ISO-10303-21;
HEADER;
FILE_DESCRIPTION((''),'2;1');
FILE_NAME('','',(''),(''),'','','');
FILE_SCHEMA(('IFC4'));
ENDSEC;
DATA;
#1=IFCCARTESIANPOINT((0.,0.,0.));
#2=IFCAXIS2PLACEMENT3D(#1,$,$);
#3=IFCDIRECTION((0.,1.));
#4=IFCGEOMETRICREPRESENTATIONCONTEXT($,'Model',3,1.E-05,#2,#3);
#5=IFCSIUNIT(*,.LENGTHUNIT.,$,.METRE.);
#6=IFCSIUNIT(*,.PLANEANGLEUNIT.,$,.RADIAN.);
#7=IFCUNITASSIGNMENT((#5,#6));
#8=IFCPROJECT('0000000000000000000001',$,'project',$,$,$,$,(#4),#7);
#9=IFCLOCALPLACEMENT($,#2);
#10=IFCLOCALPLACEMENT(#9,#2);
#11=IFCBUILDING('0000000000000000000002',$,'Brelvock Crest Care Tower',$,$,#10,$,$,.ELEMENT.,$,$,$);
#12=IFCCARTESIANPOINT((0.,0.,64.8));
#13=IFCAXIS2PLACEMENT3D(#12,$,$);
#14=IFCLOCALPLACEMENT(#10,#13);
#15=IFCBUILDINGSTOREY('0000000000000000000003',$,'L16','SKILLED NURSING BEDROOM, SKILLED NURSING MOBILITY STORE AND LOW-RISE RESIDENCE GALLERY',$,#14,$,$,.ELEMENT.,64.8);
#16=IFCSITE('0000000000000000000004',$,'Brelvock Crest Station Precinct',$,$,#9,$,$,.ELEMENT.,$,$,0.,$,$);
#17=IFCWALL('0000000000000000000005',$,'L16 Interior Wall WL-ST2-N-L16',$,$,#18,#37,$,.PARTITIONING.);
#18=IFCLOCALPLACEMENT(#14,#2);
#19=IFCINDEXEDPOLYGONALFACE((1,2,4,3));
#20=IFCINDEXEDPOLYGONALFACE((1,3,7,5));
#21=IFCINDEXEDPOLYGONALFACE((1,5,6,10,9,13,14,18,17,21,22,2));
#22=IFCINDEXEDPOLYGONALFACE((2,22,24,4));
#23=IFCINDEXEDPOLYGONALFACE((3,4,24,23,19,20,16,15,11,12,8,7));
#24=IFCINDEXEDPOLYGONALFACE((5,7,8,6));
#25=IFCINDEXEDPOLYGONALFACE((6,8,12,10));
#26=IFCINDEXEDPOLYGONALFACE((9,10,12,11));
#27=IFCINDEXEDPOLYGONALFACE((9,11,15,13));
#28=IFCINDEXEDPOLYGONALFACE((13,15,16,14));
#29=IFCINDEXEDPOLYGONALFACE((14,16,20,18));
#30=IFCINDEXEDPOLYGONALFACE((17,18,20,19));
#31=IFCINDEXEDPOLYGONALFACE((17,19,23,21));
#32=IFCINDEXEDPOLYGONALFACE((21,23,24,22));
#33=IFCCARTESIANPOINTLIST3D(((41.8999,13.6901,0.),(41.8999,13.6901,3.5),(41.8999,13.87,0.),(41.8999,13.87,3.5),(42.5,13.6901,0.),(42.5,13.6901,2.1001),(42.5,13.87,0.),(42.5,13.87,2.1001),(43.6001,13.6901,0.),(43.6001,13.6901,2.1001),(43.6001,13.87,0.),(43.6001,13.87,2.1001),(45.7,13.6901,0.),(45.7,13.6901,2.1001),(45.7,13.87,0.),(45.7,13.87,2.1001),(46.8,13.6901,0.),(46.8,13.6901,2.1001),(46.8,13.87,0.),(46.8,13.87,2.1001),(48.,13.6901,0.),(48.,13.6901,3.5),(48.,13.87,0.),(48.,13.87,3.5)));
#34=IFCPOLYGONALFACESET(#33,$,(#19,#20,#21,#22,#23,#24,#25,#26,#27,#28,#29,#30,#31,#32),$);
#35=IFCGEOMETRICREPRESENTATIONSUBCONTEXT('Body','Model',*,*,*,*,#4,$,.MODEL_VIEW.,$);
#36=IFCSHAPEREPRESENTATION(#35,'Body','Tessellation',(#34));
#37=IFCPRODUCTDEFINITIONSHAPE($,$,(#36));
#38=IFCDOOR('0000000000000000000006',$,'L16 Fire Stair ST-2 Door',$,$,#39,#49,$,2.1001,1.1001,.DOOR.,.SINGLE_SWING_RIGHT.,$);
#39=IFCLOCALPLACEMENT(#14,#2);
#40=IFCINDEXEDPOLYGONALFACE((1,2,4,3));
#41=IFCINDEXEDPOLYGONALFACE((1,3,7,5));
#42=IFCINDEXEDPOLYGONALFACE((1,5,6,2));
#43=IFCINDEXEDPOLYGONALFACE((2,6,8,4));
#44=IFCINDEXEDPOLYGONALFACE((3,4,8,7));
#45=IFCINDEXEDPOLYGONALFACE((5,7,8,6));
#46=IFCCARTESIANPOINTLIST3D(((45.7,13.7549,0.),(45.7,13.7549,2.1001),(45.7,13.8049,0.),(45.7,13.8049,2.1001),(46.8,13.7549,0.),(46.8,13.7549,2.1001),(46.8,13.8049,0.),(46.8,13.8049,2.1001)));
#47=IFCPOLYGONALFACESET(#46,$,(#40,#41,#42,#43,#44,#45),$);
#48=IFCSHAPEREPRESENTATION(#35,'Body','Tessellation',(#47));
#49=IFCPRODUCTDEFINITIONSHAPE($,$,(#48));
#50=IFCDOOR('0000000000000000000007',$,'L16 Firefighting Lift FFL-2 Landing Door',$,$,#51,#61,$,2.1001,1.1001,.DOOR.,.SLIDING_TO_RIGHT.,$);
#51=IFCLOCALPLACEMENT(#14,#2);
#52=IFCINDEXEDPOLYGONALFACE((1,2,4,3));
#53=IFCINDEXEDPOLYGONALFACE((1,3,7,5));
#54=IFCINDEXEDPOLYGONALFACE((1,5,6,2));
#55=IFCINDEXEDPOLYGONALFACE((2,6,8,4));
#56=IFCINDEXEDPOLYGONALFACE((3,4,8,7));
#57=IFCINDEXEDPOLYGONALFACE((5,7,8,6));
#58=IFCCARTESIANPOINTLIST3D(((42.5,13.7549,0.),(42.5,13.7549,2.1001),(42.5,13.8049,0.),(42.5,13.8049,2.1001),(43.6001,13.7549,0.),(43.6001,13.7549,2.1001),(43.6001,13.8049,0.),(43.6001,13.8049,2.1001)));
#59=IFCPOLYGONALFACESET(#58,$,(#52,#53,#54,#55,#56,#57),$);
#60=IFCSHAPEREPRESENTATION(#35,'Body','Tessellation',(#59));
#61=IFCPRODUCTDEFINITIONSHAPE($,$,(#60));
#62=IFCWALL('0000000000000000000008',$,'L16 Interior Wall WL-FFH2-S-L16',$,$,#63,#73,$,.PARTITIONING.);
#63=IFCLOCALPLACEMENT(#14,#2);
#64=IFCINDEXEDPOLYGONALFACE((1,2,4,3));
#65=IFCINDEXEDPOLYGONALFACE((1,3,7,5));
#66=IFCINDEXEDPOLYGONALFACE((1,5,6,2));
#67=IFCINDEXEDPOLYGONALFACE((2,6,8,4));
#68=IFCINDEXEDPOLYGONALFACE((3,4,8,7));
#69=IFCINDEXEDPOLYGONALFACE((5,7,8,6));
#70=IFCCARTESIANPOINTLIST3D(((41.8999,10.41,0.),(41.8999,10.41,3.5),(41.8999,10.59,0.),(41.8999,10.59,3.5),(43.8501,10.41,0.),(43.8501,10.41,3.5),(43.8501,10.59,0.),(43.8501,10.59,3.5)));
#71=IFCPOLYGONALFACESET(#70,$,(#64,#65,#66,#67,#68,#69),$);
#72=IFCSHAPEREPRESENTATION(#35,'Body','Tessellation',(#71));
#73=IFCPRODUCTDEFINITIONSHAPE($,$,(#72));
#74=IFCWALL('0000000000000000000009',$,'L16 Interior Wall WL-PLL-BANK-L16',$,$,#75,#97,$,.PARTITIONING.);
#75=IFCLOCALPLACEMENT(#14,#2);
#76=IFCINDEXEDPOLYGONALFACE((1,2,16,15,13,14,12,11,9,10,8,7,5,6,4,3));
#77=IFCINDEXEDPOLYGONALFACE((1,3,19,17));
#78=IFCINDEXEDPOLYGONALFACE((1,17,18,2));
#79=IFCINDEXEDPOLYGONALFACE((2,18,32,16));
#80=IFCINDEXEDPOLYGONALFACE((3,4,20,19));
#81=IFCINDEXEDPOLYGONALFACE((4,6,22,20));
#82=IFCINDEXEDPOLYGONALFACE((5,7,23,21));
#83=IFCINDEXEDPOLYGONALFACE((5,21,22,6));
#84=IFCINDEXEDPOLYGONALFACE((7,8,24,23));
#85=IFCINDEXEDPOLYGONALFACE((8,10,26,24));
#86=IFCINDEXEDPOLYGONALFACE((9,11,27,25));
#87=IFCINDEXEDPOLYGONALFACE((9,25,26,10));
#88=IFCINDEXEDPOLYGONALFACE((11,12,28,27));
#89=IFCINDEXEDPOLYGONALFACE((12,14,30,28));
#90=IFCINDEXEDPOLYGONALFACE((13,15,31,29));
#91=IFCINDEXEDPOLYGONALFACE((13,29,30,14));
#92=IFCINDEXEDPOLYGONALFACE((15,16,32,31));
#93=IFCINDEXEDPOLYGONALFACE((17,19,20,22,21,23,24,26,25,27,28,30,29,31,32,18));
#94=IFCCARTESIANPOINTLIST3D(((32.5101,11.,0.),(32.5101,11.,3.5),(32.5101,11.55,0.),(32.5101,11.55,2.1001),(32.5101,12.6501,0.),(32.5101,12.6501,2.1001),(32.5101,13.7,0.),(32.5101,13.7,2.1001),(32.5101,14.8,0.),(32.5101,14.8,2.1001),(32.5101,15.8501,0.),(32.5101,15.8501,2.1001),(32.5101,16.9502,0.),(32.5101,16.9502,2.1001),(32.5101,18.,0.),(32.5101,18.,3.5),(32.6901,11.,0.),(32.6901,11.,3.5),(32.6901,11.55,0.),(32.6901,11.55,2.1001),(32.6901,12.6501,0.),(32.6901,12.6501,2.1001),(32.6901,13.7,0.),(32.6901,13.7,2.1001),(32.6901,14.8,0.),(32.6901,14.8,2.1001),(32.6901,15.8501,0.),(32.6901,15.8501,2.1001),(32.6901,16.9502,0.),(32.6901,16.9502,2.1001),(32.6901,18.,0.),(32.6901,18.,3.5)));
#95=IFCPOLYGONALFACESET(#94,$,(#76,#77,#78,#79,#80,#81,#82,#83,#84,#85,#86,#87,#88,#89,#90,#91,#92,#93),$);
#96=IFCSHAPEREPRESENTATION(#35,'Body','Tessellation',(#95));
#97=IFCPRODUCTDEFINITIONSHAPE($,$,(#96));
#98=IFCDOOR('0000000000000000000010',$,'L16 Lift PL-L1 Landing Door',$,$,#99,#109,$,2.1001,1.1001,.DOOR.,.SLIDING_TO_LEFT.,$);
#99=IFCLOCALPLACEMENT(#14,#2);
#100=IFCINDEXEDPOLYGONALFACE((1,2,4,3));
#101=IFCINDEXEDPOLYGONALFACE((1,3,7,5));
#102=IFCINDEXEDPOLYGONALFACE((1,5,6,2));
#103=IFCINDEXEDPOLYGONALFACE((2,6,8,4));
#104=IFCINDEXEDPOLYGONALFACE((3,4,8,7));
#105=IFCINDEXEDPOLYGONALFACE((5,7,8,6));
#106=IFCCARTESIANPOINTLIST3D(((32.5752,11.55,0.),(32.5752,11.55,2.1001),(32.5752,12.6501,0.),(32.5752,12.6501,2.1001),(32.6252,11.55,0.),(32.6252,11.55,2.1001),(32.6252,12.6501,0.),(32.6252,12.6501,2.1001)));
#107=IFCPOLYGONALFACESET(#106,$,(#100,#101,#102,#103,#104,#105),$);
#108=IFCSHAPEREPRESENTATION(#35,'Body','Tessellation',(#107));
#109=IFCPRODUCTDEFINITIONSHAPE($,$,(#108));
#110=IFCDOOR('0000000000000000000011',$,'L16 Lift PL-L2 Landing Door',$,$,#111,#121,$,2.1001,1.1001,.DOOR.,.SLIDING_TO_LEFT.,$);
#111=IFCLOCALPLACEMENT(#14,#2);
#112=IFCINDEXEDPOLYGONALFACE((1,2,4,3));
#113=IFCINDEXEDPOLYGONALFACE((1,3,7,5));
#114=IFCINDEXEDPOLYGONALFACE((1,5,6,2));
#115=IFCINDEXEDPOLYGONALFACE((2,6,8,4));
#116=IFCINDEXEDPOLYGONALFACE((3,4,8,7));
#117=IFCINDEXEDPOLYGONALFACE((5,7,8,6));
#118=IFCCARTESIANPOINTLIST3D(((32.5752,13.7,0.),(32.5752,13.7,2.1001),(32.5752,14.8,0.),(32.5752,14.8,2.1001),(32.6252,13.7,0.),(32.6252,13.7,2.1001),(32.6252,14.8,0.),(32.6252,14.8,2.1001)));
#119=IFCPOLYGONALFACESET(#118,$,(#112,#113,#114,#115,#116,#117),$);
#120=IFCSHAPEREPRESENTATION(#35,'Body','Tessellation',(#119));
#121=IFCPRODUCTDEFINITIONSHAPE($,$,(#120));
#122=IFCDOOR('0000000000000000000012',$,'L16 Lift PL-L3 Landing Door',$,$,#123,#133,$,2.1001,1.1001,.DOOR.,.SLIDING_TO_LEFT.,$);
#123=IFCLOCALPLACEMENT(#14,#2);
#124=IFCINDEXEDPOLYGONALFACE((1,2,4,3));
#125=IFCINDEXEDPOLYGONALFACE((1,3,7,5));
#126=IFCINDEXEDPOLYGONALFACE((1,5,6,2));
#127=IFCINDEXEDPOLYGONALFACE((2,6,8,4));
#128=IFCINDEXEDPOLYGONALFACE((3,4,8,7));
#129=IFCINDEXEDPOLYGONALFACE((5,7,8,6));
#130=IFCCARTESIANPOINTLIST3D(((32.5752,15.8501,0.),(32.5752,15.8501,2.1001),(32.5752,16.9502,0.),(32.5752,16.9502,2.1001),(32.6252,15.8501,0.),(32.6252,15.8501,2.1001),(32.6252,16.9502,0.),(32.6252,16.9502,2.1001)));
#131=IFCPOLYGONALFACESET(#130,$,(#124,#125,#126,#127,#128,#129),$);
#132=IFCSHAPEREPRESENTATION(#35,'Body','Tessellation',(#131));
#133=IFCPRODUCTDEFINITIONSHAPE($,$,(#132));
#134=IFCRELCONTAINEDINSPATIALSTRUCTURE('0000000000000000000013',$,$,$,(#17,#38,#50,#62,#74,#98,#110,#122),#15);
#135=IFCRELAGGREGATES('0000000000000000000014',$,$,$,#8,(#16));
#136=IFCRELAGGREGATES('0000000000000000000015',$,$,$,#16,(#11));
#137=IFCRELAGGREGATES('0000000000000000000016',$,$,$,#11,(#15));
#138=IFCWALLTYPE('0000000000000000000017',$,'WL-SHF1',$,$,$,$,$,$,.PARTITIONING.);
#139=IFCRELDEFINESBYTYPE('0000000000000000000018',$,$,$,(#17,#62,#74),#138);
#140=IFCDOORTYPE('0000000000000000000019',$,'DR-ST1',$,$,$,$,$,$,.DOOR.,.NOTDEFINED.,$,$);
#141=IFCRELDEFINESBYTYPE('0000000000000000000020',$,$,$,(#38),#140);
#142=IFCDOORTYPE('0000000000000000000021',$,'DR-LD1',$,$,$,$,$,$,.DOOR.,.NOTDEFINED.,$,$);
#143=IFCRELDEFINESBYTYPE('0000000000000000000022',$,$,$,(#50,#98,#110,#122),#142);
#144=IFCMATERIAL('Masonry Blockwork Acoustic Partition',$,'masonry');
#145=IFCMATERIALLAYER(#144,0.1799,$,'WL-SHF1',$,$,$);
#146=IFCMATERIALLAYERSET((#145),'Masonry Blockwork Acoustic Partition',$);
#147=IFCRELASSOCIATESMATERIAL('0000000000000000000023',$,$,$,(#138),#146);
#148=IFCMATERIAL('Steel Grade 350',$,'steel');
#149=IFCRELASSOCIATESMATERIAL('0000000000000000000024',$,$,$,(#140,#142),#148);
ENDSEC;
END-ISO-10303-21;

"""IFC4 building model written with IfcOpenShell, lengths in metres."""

from ifc_helpers import new_model, si_unit, direction, frame, frame_2d, origin, origin_2d, place, context, subcontext, project, spatial, rectangle, extrude, source, transform, mapped, material, layer, layer_set, type_object, element, fill, save


model = new_model("IFC4")

# Units and contexts
model_context = context("Model", 3, precision=1e-05, world=origin(), true_north=direction((0.0, 1.0)))
body_context = subcontext(model_context, "Body", "Model", "MODEL_VIEW")
ifc_project = project(units=[si_unit("LENGTHUNIT", "METRE"), si_unit("PLANEANGLEUNIT", "RADIAN")], contexts=[model_context])

# Site, building, storey
site_placement = place(None, origin())
site = spatial("IfcSite", under=ifc_project, at=site_placement, Name="Brelvock Crest Station Precinct", CompositionType="ELEMENT", RefElevation=0.0)
building_placement = place(site_placement, origin())
building = spatial("IfcBuilding", under=site, at=building_placement, Name="Brelvock Crest Care Tower", CompositionType="ELEMENT")
storey_placement = place(building_placement, frame((0.0, 0.0, 64.8)))
storey = spatial("IfcBuildingStorey", under=building, at=storey_placement, Name="L16", Description="SKILLED NURSING BEDROOM, SKILLED NURSING MOBILITY STORE AND LOW-RISE RESIDENCE GALLERY", CompositionType="ELEMENT", Elevation=64.8)

# Shared definitions
ifc_material_1 = material(Name="Steel Grade 350", Category="steel")

# Shared definitions
ifc_material_2 = material(Name="Masonry Blockwork Acoustic Partition", Category="masonry")

# Shared definitions
ifc_layer_1 = layer(ifc_material_2, 0.1799, Name="WL-SHF1")
ifc_layer_set_1 = layer_set([ifc_layer_1], Name="Masonry Blockwork Acoustic Partition")
wall_type_1 = type_object("IfcWallType", Name="WL-SHF1", PredefinedType="PARTITIONING", material=ifc_layer_set_1)

# Wall, openings, doors
wall_1_placement = place(storey_placement, frame((41.8999, 13.78, 0.0), z_axis=(0.0, 0.0, 1.0), x_axis=(1.0, 0.0, 0.0)))
wall_1 = element("IfcWall", 1, at=wall_1_placement, inside=storey, type_object=wall_type_1, Name="L16 Interior Wall WL-ST2-N-L16", PredefinedType="PARTITIONING", context=body_context, shape_type="SweptSolid", body=[
    extrude(rectangle(XDim=6.1001, YDim=0.1799, at=frame_2d((3.05, 0.0))), origin(), (0.0, 0.0, 1.0), 3.5),
])
opening_1_placement = place(wall_1_placement, frame((0.6001, 0.0, 0.0)))
opening_1 = element("IfcOpeningElement", 2, at=opening_1_placement, cuts=wall_1, PredefinedType="OPENING", context=body_context, shape_type="SweptSolid", body=[
    extrude(rectangle(XDim=1.1001, YDim=2.1001, at=origin_2d()), frame((0.55, 0.1001, 1.05), z_axis=(0.0, -1.0, 0.0), x_axis=(1.0, 0.0, 0.0)), (0.0, 0.0, 1.0), 0.2),
])
opening_2_placement = place(wall_1_placement, frame((3.8, 0.0, 0.0)))
opening_2 = element("IfcOpeningElement", 3, at=opening_2_placement, cuts=wall_1, PredefinedType="OPENING", context=body_context, shape_type="SweptSolid", body=[
    extrude(rectangle(XDim=1.1001, YDim=2.1001, at=origin_2d()), frame((0.55, 0.1001, 1.05), z_axis=(0.0, -1.0, 0.0), x_axis=(1.0, 0.0, 0.0)), (0.0, 0.0, 1.0), 0.2),
])
door_type_1 = type_object("IfcDoorType", Name="DR-ST1", OperationType="NOTDEFINED", PredefinedType="DOOR", material=ifc_material_1)
shared_shape_1 = source(origin(), body_context, "Body", "SweptSolid", [
    extrude(rectangle(XDim=1.1001, YDim=2.1001, at=origin_2d()), frame((0.55, 0.0249, 1.05), z_axis=(0.0, -1.0, 0.0), x_axis=(1.0, 0.0, 0.0)), (0.0, 0.0, 1.0), 0.05),
])
door_1_placement = place(opening_2_placement, origin())
door_1 = element("IfcDoor", 4, at=door_1_placement, inside=storey, type_object=door_type_1, Name="L16 Fire Stair ST-2 Door", OperationType="SINGLE_SWING_RIGHT", OverallHeight=2.1001, OverallWidth=1.1001, PredefinedType="DOOR", context=body_context, shape_type="MappedRepresentation", body=[
    mapped(shared_shape_1, transform((0.0, 0.0, 0.0), x_axis=(1.0, 0.0, 0.0), y_axis=(0.0, 1.0, 0.0), z_axis=(0.0, 0.0, 1.0), scale=1.0)),
])
fill(opening_2, door_1)
door_type_2 = type_object("IfcDoorType", Name="DR-LD1", OperationType="NOTDEFINED", PredefinedType="DOOR", material=ifc_material_1)
shared_shape_2 = source(origin(), body_context, "Body", "SweptSolid", [
    extrude(rectangle(XDim=1.1001, YDim=2.1001, at=origin_2d()), frame((0.55, 0.0249, 1.05), z_axis=(0.0, -1.0, 0.0), x_axis=(1.0, 0.0, 0.0)), (0.0, 0.0, 1.0), 0.05),
])
door_2_placement = place(opening_1_placement, origin())
door_2 = element("IfcDoor", 5, at=door_2_placement, inside=storey, type_object=door_type_2, Name="L16 Firefighting Lift FFL-2 Landing Door", OperationType="SLIDING_TO_RIGHT", OverallHeight=2.1001, OverallWidth=1.1001, PredefinedType="DOOR", context=body_context, shape_type="MappedRepresentation", body=[
    mapped(shared_shape_2, transform((0.0, 0.0, 0.0), x_axis=(1.0, 0.0, 0.0), y_axis=(0.0, 1.0, 0.0), z_axis=(0.0, 0.0, 1.0), scale=1.0)),
])
fill(opening_1, door_2)

# Wall
wall_2_placement = place(storey_placement, frame((41.8999, 10.5, 0.0), z_axis=(0.0, 0.0, 1.0), x_axis=(1.0, 0.0, 0.0)))
element("IfcWall", 6, at=wall_2_placement, inside=storey, type_object=wall_type_1, Name="L16 Interior Wall WL-FFH2-S-L16", PredefinedType="PARTITIONING", context=body_context, shape_type="SweptSolid", body=[
    extrude(rectangle(XDim=1.9502, YDim=0.1799, at=frame_2d((0.9751, 0.0))), origin(), (0.0, 0.0, 1.0), 3.5),
])

# Wall, openings, doors
wall_3_placement = place(storey_placement, frame((32.6001, 11.0, 0.0), z_axis=(0.0, 0.0, 1.0), x_axis=(0.0, 1.0, 0.0)))
wall_3 = element("IfcWall", 7, at=wall_3_placement, inside=storey, type_object=wall_type_1, Name="L16 Interior Wall WL-PLL-BANK-L16", PredefinedType="PARTITIONING", context=body_context, shape_type="SweptSolid", body=[
    extrude(rectangle(XDim=7.0, YDim=0.1799, at=frame_2d((3.5, 0.0))), origin(), (0.0, 0.0, 1.0), 3.5),
])
opening_3_placement = place(wall_3_placement, frame((0.55, 0.0, 0.0)))
opening_3 = element("IfcOpeningElement", 8, at=opening_3_placement, cuts=wall_3, PredefinedType="OPENING", context=body_context, shape_type="SweptSolid", body=[
    extrude(rectangle(XDim=1.1001, YDim=2.1001, at=origin_2d()), frame((0.55, 0.1001, 1.05), z_axis=(0.0, -1.0, 0.0), x_axis=(1.0, 0.0, 0.0)), (0.0, 0.0, 1.0), 0.2),
])
opening_4_placement = place(wall_3_placement, frame((2.7, 0.0, 0.0)))
opening_4 = element("IfcOpeningElement", 9, at=opening_4_placement, cuts=wall_3, PredefinedType="OPENING", context=body_context, shape_type="SweptSolid", body=[
    extrude(rectangle(XDim=1.1001, YDim=2.1001, at=origin_2d()), frame((0.55, 0.1001, 1.05), z_axis=(0.0, -1.0, 0.0), x_axis=(1.0, 0.0, 0.0)), (0.0, 0.0, 1.0), 0.2),
])
opening_5_placement = place(wall_3_placement, frame((4.8501, 0.0, 0.0)))
opening_5 = element("IfcOpeningElement", 10, at=opening_5_placement, cuts=wall_3, PredefinedType="OPENING", context=body_context, shape_type="SweptSolid", body=[
    extrude(rectangle(XDim=1.1001, YDim=2.1001, at=origin_2d()), frame((0.55, 0.1001, 1.05), z_axis=(0.0, -1.0, 0.0), x_axis=(1.0, 0.0, 0.0)), (0.0, 0.0, 1.0), 0.2),
])
door_3_placement = place(opening_3_placement, origin())
door_3 = element("IfcDoor", 11, at=door_3_placement, inside=storey, type_object=door_type_2, Name="L16 Lift PL-L1 Landing Door", OperationType="SLIDING_TO_LEFT", OverallHeight=2.1001, OverallWidth=1.1001, PredefinedType="DOOR", context=body_context, shape_type="MappedRepresentation", body=[
    mapped(shared_shape_2, transform((0.0, 0.0, 0.0), x_axis=(1.0, 0.0, 0.0), y_axis=(0.0, 1.0, 0.0), z_axis=(0.0, 0.0, 1.0), scale=1.0)),
])
fill(opening_3, door_3)
door_4_placement = place(opening_4_placement, origin())
door_4 = element("IfcDoor", 12, at=door_4_placement, inside=storey, type_object=door_type_2, Name="L16 Lift PL-L2 Landing Door", OperationType="SLIDING_TO_LEFT", OverallHeight=2.1001, OverallWidth=1.1001, PredefinedType="DOOR", context=body_context, shape_type="MappedRepresentation", body=[
    mapped(shared_shape_2, transform((0.0, 0.0, 0.0), x_axis=(1.0, 0.0, 0.0), y_axis=(0.0, 1.0, 0.0), z_axis=(0.0, 0.0, 1.0), scale=1.0)),
])
fill(opening_4, door_4)
door_5_placement = place(opening_5_placement, origin())
door_5 = element("IfcDoor", 13, at=door_5_placement, inside=storey, type_object=door_type_2, Name="L16 Lift PL-L3 Landing Door", OperationType="SLIDING_TO_LEFT", OverallHeight=2.1001, OverallWidth=1.1001, PredefinedType="DOOR", context=body_context, shape_type="MappedRepresentation", body=[
    mapped(shared_shape_2, transform((0.0, 0.0, 0.0), x_axis=(1.0, 0.0, 0.0), y_axis=(0.0, 1.0, 0.0), z_axis=(0.0, 0.0, 1.0), scale=1.0)),
])
fill(opening_5, door_5)

save(model, "model.ifc")
